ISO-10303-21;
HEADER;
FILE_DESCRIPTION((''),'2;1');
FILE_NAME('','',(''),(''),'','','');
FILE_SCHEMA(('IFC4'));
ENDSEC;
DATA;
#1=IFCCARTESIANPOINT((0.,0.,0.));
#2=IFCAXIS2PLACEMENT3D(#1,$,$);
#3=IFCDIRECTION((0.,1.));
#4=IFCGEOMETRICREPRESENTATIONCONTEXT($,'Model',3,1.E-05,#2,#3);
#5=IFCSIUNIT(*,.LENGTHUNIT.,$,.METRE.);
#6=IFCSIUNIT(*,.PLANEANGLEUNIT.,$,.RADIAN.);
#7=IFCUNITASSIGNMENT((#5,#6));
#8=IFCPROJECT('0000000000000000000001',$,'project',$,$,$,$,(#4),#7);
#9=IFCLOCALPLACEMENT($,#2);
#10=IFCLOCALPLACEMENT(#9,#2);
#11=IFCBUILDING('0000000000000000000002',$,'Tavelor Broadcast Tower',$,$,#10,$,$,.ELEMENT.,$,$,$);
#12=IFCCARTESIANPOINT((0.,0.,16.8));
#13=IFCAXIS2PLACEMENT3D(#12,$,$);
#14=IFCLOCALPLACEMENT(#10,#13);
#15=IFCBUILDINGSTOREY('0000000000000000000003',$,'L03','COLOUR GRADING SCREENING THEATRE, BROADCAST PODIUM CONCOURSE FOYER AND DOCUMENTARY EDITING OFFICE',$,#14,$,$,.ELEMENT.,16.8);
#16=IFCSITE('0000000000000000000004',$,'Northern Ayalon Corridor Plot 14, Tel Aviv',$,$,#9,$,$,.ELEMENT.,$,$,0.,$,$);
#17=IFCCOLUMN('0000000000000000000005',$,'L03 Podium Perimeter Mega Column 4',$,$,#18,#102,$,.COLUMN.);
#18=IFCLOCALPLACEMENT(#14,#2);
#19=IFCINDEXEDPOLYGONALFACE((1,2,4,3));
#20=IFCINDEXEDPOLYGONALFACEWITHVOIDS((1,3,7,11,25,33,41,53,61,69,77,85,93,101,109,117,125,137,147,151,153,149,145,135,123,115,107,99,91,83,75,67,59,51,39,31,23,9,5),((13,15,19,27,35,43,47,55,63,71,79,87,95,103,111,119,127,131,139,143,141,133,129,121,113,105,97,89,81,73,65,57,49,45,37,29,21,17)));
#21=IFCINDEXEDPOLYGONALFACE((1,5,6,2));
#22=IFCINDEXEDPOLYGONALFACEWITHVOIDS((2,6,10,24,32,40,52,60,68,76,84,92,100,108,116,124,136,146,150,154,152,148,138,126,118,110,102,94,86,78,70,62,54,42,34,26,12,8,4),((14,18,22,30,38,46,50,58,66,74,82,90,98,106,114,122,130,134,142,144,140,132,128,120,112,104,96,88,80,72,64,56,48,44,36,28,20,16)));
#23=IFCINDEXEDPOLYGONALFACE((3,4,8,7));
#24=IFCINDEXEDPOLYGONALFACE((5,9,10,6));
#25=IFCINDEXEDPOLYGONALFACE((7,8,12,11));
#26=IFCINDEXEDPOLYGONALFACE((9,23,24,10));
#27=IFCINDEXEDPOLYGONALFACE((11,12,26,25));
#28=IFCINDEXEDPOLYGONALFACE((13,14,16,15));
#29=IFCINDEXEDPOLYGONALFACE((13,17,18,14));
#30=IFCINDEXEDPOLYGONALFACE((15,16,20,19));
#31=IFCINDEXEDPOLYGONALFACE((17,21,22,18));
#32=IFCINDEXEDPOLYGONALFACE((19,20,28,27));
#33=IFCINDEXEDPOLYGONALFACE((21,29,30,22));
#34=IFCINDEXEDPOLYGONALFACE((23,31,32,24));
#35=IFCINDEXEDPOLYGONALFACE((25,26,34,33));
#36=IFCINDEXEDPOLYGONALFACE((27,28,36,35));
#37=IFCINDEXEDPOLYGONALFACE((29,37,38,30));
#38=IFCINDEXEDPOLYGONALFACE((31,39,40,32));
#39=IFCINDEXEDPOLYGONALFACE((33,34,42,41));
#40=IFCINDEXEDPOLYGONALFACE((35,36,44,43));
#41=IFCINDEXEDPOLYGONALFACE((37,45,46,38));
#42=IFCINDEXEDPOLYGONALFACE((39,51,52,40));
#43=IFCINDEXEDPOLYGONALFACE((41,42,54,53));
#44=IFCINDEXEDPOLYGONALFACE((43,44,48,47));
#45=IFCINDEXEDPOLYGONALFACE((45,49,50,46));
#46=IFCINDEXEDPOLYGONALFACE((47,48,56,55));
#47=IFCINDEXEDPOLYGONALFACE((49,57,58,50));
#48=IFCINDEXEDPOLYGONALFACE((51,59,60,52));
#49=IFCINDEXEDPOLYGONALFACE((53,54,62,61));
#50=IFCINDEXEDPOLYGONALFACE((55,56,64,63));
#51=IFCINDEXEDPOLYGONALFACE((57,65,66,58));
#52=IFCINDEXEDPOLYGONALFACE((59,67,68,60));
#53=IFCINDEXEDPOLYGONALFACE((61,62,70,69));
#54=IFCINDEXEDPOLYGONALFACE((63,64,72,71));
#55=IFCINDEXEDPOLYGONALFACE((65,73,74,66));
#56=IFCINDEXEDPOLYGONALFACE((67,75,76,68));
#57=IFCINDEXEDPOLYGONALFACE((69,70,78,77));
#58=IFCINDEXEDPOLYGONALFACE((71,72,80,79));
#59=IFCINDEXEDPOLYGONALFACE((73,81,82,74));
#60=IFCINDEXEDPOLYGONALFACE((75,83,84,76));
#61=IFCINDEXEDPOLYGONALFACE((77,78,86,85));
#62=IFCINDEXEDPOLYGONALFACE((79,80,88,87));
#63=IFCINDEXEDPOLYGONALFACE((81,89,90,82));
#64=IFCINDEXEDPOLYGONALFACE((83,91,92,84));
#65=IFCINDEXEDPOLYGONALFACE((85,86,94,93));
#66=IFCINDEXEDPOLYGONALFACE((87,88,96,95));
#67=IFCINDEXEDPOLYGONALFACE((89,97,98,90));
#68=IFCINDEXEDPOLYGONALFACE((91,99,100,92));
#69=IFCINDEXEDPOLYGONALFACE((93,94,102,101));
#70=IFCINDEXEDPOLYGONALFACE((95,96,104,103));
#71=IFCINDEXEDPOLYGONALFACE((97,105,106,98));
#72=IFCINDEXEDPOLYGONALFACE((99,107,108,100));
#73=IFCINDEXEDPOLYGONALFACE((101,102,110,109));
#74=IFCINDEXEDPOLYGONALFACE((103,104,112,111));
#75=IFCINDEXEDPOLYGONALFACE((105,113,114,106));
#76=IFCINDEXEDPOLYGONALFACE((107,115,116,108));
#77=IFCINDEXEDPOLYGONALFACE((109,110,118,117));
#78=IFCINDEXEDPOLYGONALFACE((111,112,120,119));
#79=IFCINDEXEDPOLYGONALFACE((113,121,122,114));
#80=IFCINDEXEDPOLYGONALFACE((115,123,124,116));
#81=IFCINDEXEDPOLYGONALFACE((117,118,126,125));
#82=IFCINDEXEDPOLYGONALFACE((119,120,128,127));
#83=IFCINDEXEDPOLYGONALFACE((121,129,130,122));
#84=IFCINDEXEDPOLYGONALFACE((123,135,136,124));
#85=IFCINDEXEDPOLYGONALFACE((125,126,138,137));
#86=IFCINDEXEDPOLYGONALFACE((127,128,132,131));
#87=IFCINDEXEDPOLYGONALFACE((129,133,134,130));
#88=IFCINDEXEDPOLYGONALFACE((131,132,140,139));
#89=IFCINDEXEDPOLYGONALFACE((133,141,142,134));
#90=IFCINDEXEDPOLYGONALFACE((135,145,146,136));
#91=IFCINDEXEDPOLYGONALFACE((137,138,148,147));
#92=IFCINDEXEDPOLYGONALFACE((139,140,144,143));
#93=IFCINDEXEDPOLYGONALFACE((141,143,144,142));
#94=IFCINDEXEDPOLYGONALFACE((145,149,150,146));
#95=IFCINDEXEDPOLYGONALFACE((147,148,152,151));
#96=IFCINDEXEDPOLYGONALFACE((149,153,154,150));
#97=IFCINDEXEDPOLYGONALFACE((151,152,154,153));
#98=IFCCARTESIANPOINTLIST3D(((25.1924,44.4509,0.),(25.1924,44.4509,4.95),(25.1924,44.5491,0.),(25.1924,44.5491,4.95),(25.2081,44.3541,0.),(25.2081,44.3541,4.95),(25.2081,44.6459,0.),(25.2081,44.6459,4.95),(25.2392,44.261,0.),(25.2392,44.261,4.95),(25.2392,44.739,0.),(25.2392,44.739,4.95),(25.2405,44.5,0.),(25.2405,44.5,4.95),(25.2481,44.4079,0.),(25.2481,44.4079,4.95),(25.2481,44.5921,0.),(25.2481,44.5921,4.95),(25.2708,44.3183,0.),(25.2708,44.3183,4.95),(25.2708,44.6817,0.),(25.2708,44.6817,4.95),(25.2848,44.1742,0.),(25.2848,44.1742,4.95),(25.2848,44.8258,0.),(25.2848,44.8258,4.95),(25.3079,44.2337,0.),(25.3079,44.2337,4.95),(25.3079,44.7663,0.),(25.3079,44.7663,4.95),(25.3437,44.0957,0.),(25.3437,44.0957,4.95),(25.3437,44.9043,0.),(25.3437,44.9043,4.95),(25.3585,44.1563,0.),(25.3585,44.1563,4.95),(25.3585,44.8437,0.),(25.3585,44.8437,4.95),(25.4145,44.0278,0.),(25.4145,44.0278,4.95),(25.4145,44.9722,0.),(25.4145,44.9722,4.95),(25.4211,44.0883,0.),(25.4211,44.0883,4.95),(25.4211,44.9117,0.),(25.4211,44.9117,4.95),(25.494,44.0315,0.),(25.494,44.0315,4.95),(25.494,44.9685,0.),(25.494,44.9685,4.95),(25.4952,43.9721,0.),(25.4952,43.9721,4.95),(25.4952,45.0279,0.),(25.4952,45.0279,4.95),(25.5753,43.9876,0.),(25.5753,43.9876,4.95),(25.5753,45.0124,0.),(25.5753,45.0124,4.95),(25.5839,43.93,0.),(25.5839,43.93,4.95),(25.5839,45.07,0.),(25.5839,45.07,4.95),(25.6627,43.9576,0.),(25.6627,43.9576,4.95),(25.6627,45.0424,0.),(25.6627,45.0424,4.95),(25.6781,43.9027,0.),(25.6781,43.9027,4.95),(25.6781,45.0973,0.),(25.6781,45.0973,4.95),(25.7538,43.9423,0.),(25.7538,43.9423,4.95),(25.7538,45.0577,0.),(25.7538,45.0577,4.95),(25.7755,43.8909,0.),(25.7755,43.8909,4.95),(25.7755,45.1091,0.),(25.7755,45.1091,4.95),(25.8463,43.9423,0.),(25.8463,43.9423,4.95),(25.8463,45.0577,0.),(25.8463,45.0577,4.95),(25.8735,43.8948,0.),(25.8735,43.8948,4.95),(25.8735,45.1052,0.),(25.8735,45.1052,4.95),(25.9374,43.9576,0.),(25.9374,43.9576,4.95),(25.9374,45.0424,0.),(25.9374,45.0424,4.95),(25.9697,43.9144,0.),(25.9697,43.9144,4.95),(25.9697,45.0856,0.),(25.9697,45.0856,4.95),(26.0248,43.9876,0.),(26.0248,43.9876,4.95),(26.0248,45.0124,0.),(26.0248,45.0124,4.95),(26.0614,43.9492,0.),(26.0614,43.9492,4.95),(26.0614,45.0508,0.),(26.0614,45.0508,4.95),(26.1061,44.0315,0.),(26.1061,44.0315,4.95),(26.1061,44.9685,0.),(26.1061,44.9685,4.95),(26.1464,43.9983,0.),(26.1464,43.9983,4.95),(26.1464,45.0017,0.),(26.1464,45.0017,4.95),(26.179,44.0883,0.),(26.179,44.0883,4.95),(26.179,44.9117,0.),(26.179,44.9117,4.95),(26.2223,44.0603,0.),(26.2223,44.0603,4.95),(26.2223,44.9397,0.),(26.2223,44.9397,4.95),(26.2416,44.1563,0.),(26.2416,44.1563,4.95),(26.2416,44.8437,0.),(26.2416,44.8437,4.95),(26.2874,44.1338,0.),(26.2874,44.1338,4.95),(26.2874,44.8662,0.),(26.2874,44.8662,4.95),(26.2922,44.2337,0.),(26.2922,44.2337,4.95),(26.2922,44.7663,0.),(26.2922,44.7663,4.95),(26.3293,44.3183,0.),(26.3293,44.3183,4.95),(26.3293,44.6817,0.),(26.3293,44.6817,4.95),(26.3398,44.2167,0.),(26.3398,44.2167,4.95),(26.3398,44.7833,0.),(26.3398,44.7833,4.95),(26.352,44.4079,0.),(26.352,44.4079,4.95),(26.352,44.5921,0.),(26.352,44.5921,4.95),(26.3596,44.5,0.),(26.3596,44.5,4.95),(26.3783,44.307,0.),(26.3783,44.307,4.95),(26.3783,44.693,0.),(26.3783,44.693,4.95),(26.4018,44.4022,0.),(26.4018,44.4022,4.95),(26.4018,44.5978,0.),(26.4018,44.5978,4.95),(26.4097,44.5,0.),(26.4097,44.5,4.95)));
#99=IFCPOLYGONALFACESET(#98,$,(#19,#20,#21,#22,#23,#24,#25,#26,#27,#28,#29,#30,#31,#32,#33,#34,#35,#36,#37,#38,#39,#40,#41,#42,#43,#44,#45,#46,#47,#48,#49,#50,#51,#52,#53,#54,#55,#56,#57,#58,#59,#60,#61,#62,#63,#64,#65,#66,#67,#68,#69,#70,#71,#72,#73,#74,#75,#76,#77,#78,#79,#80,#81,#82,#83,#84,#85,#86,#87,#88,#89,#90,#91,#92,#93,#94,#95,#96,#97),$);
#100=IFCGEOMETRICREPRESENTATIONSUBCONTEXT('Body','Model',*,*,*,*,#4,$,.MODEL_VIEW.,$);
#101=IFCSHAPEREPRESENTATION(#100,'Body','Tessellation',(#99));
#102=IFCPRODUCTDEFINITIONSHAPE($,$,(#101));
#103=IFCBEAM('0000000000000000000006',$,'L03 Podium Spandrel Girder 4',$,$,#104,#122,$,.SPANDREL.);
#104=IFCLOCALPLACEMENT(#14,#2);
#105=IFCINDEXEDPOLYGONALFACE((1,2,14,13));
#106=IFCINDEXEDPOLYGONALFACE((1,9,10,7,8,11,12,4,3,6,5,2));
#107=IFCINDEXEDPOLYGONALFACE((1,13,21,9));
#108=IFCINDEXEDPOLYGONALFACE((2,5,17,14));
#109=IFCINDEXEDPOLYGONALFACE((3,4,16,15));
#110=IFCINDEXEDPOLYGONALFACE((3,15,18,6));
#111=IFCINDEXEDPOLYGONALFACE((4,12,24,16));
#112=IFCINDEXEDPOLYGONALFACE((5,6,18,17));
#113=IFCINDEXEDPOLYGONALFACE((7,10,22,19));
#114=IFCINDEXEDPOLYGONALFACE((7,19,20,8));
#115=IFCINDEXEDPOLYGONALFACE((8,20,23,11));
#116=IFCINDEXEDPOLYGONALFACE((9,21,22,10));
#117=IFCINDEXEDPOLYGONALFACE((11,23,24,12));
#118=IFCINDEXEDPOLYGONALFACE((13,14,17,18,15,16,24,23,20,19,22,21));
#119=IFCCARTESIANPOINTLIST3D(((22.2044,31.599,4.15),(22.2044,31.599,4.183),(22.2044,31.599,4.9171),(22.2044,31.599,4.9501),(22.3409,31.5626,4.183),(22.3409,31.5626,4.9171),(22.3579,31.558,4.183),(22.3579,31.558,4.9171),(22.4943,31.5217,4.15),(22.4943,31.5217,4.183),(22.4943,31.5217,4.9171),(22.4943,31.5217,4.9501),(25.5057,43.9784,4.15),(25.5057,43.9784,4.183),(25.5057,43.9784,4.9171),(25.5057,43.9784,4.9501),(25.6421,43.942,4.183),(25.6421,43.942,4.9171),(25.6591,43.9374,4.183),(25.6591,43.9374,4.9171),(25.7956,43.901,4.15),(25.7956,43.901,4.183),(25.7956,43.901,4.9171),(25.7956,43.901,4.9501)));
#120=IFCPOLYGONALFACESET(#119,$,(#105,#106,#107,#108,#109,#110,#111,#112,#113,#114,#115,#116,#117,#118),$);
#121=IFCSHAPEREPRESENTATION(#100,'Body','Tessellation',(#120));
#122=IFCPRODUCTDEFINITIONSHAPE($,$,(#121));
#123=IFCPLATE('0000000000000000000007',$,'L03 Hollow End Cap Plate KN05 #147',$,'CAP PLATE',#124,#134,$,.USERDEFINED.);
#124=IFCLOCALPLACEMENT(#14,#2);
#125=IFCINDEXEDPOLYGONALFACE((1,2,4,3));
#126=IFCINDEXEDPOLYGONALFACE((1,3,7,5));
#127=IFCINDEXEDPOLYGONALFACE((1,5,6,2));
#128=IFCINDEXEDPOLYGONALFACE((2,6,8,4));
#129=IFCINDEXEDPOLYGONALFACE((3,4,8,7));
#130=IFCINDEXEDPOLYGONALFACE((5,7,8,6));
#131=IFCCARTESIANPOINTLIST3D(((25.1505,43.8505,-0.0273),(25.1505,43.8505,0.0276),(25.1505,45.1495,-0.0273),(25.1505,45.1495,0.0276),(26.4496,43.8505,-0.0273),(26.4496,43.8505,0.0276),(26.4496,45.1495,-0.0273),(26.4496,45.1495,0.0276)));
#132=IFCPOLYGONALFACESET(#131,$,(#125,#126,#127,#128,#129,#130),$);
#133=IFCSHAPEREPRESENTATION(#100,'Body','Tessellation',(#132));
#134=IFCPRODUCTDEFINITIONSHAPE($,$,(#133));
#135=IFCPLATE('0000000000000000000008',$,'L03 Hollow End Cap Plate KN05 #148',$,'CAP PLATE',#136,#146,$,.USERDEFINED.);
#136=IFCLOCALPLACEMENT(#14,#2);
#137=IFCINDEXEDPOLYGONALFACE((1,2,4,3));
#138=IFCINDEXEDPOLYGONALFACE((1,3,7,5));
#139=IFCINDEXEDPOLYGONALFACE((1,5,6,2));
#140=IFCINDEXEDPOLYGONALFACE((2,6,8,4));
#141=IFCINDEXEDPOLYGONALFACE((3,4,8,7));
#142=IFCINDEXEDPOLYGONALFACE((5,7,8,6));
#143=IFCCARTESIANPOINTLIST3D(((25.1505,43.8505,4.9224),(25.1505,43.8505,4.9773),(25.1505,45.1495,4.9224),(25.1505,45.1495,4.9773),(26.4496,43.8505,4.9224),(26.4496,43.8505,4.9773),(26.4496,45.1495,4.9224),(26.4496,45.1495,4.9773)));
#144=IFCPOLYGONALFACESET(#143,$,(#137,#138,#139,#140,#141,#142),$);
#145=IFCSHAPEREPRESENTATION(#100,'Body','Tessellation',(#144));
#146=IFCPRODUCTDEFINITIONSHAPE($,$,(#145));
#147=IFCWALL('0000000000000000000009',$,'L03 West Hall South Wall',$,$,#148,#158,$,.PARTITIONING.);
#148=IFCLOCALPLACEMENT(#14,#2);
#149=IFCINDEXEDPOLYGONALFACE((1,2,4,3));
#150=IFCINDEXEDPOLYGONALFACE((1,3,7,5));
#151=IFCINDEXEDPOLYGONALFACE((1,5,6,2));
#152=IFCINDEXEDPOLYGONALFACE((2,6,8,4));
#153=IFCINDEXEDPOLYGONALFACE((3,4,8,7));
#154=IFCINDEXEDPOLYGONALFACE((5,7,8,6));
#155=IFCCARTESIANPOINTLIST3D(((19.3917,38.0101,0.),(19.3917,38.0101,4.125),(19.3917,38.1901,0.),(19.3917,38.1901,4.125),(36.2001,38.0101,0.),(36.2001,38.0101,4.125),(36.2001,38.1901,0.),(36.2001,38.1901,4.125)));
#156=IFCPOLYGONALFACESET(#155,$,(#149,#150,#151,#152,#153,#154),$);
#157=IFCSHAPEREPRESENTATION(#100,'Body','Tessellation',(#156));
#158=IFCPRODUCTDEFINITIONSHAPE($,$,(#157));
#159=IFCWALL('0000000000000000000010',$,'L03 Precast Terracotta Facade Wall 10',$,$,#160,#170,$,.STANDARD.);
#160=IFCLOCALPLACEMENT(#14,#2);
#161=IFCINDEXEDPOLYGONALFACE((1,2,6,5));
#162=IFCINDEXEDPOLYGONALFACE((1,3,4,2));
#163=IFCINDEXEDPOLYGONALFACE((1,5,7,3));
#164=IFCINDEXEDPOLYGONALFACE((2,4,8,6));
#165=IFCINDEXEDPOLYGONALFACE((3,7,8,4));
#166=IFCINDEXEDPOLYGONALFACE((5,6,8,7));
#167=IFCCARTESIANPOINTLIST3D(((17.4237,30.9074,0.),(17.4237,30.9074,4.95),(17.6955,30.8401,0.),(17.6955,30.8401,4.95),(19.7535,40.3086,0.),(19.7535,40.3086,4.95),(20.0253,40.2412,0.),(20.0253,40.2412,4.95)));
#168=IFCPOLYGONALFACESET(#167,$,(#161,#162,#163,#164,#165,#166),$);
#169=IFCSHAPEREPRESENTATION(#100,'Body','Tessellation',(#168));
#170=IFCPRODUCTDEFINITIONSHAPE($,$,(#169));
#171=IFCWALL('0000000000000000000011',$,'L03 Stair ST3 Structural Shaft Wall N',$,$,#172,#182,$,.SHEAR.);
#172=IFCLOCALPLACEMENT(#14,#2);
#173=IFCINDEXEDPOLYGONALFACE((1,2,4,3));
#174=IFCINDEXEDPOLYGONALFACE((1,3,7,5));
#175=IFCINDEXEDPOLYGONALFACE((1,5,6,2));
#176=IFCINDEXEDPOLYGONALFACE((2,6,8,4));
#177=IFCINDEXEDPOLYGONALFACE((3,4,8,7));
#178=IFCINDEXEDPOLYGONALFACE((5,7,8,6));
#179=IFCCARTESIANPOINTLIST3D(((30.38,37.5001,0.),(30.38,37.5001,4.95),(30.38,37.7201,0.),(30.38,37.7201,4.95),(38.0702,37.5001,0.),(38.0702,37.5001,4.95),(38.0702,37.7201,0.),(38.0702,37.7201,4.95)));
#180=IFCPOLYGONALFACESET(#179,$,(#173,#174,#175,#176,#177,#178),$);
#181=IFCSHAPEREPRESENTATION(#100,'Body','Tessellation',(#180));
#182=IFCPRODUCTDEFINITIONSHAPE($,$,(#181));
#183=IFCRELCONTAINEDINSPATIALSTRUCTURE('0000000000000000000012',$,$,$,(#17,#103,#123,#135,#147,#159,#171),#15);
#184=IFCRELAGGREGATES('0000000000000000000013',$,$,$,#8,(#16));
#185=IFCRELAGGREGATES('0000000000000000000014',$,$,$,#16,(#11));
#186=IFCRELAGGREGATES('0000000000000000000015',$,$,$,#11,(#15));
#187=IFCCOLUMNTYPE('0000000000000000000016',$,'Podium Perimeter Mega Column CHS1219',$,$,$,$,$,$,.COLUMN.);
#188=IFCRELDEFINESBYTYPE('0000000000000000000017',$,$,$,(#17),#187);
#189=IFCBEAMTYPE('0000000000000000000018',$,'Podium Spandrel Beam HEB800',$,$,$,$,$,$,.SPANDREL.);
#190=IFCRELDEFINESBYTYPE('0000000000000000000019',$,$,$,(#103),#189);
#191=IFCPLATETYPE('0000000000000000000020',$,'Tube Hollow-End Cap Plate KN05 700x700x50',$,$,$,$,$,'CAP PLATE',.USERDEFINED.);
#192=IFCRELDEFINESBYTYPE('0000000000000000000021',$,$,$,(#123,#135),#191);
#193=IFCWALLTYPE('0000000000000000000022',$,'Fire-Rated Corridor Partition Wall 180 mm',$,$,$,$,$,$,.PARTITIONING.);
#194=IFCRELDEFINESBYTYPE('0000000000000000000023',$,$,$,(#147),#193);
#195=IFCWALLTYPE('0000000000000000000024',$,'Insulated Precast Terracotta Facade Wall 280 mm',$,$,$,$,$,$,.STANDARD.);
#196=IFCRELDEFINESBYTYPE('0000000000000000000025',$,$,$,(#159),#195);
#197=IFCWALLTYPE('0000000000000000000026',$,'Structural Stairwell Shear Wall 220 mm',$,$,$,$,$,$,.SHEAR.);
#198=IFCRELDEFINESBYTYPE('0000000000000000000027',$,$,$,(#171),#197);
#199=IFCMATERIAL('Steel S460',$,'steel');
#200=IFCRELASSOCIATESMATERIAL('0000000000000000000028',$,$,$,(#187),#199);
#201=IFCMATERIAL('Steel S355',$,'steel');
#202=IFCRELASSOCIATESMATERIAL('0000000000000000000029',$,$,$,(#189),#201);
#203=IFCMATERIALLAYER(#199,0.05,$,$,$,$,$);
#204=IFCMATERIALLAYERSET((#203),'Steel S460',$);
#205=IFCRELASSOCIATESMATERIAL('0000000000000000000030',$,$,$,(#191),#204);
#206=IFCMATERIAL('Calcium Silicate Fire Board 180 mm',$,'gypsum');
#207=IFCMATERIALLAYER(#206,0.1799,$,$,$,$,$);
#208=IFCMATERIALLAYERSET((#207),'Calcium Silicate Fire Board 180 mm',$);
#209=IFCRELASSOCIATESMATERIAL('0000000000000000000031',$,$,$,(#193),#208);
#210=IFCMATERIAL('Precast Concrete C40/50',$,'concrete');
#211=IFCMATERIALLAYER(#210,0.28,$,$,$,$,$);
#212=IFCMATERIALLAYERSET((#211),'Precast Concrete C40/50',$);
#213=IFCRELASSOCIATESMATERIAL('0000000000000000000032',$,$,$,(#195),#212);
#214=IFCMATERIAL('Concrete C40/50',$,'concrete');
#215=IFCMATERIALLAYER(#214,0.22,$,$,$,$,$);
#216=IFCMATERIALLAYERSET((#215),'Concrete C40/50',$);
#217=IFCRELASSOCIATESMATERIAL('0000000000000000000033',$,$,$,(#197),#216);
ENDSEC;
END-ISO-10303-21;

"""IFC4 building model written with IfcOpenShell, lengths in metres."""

from ifc_helpers import new_model, si_unit, direction, frame, frame_2d, origin, origin_2d, place, context, subcontext, project, spatial, rectangle, hollow_circle, i_section, extrude, source, transform, mapped, material, layer, layer_set, material_profile, profile_set, type_object, type_shapes, element, save


model = new_model("IFC4")

# Units and contexts
model_context = context("Model", 3, precision=1e-05, world=origin(), true_north=direction((0.0, 1.0)))
body_context = subcontext(model_context, "Body", "Model", "MODEL_VIEW")
ifc_project = project(units=[si_unit("LENGTHUNIT", "METRE"), si_unit("PLANEANGLEUNIT", "RADIAN")], contexts=[model_context])

# Site, building, storey
site_placement = place(None, origin())
site = spatial("IfcSite", under=ifc_project, at=site_placement, Name="Northern Ayalon Corridor Plot 14, Tel Aviv", CompositionType="ELEMENT", RefElevation=0.0)
building_placement = place(site_placement, origin())
building = spatial("IfcBuilding", under=site, at=building_placement, Name="Tavelor Broadcast Tower", CompositionType="ELEMENT")
storey_placement = place(building_placement, frame((0.0, 0.0, 16.8)))
storey = spatial("IfcBuildingStorey", under=building, at=storey_placement, Name="L03", Description="COLOUR GRADING SCREENING THEATRE, BROADCAST PODIUM CONCOURSE FOYER AND DOCUMENTARY EDITING OFFICE", CompositionType="ELEMENT", Elevation=16.8)

# Column
ifc_material_1 = material(Name="Steel S460", Category="steel")
ifc_material_profile_1 = material_profile(ifc_material_1, hollow_circle(Radius=0.6096, WallThickness=0.05, at=origin_2d()), Name="CHS 1219x50")
ifc_profile_set_1 = profile_set([ifc_material_profile_1], Name="Steel S460")
column_type = type_object("IfcColumnType", Name="Podium Perimeter Mega Column CHS1219", PredefinedType="COLUMN", material=ifc_profile_set_1)
column_placement = place(storey_placement, frame((25.8, 44.5, 0.0), z_axis=(0.0, 0.0, 1.0), x_axis=(1.0, 0.0, 0.0)))
element("IfcColumn", 1, at=column_placement, inside=storey, type_object=column_type, Name="L03 Podium Perimeter Mega Column 4", PredefinedType="COLUMN", context=body_context, shape_type="SweptSolid", body=[
    extrude(hollow_circle(Radius=0.6096, WallThickness=0.05, at=origin_2d()), origin(), (0.0, 0.0, 1.0), 4.95),
])

# Beam
ifc_material_2 = material(Name="Steel S355", Category="steel")
ifc_material_profile_2 = material_profile(ifc_material_2, i_section(OverallWidth=0.3, OverallDepth=0.8, WebThickness=0.0176, FlangeThickness=0.033, at=origin_2d()), Name="HEB 800")
ifc_profile_set_2 = profile_set([ifc_material_profile_2], Name="Steel S355")
beam_type = type_object("IfcBeamType", Name="Podium Spandrel Beam HEB800", PredefinedType="SPANDREL", material=ifc_profile_set_2)
beam_placement = place(storey_placement, frame((25.6506, 43.9397, 4.55), z_axis=(-0.25767, -0.966233, 0.0), x_axis=(0.966233, -0.25767, 0.0)))
element("IfcBeam", 2, at=beam_placement, inside=storey, type_object=beam_type, Name="L03 Podium Spandrel Girder 4", PredefinedType="SPANDREL", context=body_context, shape_type="SweptSolid", body=[
    extrude(i_section(OverallWidth=0.3, OverallDepth=0.8, WebThickness=0.0176, FlangeThickness=0.033, at=origin_2d()), origin(), (0.0, 0.0, 1.0), 12.812),
])

# Plates
ifc_layer_1 = layer(ifc_material_1, 0.05)
ifc_layer_set_1 = layer_set([ifc_layer_1], Name="Steel S460")
plate_type = type_object("IfcPlateType", Name="Tube Hollow-End Cap Plate KN05 700x700x50", ElementType="CAP PLATE", PredefinedType="USERDEFINED", material=ifc_layer_set_1)
shared_shape = source(origin(), body_context, "Body", "SweptSolid", [
    extrude(rectangle(XDim=1.2991, YDim=1.2991, at=origin_2d()), origin(), (0.0, 0.0, 1.0), 0.0549),
])
type_shapes(plate_type, [shared_shape])
for number, where, z_axis, x_axis, name in (
    (3, (25.8, 44.5, -0.0273), (0.0, 0.0, 1.0), (1.0, 0.0, 0.0), "L03 Hollow End Cap Plate KN05 #147"),
    (4, (25.8, 44.5, 4.9224), (0.0, 0.0, 1.0), (1.0, 0.0, 0.0), "L03 Hollow End Cap Plate KN05 #148"),
):
    element("IfcPlate", number, at=place(storey_placement, frame(where, z_axis=z_axis, x_axis=x_axis)), inside=storey, type_object=plate_type, Name=name, ObjectType="CAP PLATE", PredefinedType="USERDEFINED", context=body_context, shape_type="MappedRepresentation", body=[
        mapped(shared_shape, transform((0.0, 0.0, 0.0), scale=1.0)),
    ])

# Walls
ifc_material_3 = material(Name="Calcium Silicate Fire Board 180 mm", Category="gypsum")
ifc_layer_2 = layer(ifc_material_3, 0.1799)
ifc_layer_set_2 = layer_set([ifc_layer_2], Name="Calcium Silicate Fire Board 180 mm")
wall_type_1 = type_object("IfcWallType", Name="Fire-Rated Corridor Partition Wall 180 mm", PredefinedType="PARTITIONING", material=ifc_layer_set_2)
wall_1_placement = place(storey_placement, frame((19.3916, 38.1001, 0.0), z_axis=(0.0, 0.0, 1.0), x_axis=(1.0, 0.0, 0.0)))
element("IfcWall", 5, at=wall_1_placement, inside=storey, type_object=wall_type_1, Name="L03 West Hall South Wall", PredefinedType="PARTITIONING", context=body_context, shape_type="SweptSolid", body=[
    extrude(rectangle(XDim=16.8083, YDim=0.1799, at=frame_2d((8.4043, 0.0))), origin(), (0.0, 0.0, 1.0), 4.125),
])
ifc_material_4 = material(Name="Precast Concrete C40/50", Category="concrete")
ifc_layer_3 = layer(ifc_material_4, 0.28)
ifc_layer_set_3 = layer_set([ifc_layer_3], Name="Precast Concrete C40/50")
wall_type_2 = type_object("IfcWallType", Name="Insulated Precast Terracotta Facade Wall 280 mm", PredefinedType="STANDARD", material=ifc_layer_set_3)
wall_2_placement = place(storey_placement, frame((19.8894, 40.2749, 0.0), z_axis=(0.0, 0.0, 1.0), x_axis=(-0.240548, -0.970637, 0.0)))
element("IfcWall", 6, at=wall_2_placement, inside=storey, type_object=wall_type_2, Name="L03 Precast Terracotta Facade Wall 10", PredefinedType="STANDARD", context=body_context, shape_type="SweptSolid", body=[
    extrude(rectangle(XDim=9.6855, YDim=0.28, at=frame_2d((4.8428, 0.0))), origin(), (0.0, 0.0, 1.0), 4.95),
])
ifc_material_5 = material(Name="Concrete C40/50", Category="concrete")
ifc_layer_4 = layer(ifc_material_5, 0.22)
ifc_layer_set_4 = layer_set([ifc_layer_4], Name="Concrete C40/50")
wall_type_3 = type_object("IfcWallType", Name="Structural Stairwell Shear Wall 220 mm", PredefinedType="SHEAR", material=ifc_layer_set_4)
wall_3_placement = place(storey_placement, frame((30.3799, 37.6101, 0.0), z_axis=(0.0, 0.0, 1.0), x_axis=(1.0, 0.0, 0.0)))
element("IfcWall", 7, at=wall_3_placement, inside=storey, type_object=wall_type_3, Name="L03 Stair ST3 Structural Shaft Wall N", PredefinedType="SHEAR", context=body_context, shape_type="SweptSolid", body=[
    extrude(rectangle(XDim=7.6902, YDim=0.22, at=frame_2d((3.8452, 0.0))), origin(), (0.0, 0.0, 1.0), 4.95),
])

save(model, "model.ifc")
